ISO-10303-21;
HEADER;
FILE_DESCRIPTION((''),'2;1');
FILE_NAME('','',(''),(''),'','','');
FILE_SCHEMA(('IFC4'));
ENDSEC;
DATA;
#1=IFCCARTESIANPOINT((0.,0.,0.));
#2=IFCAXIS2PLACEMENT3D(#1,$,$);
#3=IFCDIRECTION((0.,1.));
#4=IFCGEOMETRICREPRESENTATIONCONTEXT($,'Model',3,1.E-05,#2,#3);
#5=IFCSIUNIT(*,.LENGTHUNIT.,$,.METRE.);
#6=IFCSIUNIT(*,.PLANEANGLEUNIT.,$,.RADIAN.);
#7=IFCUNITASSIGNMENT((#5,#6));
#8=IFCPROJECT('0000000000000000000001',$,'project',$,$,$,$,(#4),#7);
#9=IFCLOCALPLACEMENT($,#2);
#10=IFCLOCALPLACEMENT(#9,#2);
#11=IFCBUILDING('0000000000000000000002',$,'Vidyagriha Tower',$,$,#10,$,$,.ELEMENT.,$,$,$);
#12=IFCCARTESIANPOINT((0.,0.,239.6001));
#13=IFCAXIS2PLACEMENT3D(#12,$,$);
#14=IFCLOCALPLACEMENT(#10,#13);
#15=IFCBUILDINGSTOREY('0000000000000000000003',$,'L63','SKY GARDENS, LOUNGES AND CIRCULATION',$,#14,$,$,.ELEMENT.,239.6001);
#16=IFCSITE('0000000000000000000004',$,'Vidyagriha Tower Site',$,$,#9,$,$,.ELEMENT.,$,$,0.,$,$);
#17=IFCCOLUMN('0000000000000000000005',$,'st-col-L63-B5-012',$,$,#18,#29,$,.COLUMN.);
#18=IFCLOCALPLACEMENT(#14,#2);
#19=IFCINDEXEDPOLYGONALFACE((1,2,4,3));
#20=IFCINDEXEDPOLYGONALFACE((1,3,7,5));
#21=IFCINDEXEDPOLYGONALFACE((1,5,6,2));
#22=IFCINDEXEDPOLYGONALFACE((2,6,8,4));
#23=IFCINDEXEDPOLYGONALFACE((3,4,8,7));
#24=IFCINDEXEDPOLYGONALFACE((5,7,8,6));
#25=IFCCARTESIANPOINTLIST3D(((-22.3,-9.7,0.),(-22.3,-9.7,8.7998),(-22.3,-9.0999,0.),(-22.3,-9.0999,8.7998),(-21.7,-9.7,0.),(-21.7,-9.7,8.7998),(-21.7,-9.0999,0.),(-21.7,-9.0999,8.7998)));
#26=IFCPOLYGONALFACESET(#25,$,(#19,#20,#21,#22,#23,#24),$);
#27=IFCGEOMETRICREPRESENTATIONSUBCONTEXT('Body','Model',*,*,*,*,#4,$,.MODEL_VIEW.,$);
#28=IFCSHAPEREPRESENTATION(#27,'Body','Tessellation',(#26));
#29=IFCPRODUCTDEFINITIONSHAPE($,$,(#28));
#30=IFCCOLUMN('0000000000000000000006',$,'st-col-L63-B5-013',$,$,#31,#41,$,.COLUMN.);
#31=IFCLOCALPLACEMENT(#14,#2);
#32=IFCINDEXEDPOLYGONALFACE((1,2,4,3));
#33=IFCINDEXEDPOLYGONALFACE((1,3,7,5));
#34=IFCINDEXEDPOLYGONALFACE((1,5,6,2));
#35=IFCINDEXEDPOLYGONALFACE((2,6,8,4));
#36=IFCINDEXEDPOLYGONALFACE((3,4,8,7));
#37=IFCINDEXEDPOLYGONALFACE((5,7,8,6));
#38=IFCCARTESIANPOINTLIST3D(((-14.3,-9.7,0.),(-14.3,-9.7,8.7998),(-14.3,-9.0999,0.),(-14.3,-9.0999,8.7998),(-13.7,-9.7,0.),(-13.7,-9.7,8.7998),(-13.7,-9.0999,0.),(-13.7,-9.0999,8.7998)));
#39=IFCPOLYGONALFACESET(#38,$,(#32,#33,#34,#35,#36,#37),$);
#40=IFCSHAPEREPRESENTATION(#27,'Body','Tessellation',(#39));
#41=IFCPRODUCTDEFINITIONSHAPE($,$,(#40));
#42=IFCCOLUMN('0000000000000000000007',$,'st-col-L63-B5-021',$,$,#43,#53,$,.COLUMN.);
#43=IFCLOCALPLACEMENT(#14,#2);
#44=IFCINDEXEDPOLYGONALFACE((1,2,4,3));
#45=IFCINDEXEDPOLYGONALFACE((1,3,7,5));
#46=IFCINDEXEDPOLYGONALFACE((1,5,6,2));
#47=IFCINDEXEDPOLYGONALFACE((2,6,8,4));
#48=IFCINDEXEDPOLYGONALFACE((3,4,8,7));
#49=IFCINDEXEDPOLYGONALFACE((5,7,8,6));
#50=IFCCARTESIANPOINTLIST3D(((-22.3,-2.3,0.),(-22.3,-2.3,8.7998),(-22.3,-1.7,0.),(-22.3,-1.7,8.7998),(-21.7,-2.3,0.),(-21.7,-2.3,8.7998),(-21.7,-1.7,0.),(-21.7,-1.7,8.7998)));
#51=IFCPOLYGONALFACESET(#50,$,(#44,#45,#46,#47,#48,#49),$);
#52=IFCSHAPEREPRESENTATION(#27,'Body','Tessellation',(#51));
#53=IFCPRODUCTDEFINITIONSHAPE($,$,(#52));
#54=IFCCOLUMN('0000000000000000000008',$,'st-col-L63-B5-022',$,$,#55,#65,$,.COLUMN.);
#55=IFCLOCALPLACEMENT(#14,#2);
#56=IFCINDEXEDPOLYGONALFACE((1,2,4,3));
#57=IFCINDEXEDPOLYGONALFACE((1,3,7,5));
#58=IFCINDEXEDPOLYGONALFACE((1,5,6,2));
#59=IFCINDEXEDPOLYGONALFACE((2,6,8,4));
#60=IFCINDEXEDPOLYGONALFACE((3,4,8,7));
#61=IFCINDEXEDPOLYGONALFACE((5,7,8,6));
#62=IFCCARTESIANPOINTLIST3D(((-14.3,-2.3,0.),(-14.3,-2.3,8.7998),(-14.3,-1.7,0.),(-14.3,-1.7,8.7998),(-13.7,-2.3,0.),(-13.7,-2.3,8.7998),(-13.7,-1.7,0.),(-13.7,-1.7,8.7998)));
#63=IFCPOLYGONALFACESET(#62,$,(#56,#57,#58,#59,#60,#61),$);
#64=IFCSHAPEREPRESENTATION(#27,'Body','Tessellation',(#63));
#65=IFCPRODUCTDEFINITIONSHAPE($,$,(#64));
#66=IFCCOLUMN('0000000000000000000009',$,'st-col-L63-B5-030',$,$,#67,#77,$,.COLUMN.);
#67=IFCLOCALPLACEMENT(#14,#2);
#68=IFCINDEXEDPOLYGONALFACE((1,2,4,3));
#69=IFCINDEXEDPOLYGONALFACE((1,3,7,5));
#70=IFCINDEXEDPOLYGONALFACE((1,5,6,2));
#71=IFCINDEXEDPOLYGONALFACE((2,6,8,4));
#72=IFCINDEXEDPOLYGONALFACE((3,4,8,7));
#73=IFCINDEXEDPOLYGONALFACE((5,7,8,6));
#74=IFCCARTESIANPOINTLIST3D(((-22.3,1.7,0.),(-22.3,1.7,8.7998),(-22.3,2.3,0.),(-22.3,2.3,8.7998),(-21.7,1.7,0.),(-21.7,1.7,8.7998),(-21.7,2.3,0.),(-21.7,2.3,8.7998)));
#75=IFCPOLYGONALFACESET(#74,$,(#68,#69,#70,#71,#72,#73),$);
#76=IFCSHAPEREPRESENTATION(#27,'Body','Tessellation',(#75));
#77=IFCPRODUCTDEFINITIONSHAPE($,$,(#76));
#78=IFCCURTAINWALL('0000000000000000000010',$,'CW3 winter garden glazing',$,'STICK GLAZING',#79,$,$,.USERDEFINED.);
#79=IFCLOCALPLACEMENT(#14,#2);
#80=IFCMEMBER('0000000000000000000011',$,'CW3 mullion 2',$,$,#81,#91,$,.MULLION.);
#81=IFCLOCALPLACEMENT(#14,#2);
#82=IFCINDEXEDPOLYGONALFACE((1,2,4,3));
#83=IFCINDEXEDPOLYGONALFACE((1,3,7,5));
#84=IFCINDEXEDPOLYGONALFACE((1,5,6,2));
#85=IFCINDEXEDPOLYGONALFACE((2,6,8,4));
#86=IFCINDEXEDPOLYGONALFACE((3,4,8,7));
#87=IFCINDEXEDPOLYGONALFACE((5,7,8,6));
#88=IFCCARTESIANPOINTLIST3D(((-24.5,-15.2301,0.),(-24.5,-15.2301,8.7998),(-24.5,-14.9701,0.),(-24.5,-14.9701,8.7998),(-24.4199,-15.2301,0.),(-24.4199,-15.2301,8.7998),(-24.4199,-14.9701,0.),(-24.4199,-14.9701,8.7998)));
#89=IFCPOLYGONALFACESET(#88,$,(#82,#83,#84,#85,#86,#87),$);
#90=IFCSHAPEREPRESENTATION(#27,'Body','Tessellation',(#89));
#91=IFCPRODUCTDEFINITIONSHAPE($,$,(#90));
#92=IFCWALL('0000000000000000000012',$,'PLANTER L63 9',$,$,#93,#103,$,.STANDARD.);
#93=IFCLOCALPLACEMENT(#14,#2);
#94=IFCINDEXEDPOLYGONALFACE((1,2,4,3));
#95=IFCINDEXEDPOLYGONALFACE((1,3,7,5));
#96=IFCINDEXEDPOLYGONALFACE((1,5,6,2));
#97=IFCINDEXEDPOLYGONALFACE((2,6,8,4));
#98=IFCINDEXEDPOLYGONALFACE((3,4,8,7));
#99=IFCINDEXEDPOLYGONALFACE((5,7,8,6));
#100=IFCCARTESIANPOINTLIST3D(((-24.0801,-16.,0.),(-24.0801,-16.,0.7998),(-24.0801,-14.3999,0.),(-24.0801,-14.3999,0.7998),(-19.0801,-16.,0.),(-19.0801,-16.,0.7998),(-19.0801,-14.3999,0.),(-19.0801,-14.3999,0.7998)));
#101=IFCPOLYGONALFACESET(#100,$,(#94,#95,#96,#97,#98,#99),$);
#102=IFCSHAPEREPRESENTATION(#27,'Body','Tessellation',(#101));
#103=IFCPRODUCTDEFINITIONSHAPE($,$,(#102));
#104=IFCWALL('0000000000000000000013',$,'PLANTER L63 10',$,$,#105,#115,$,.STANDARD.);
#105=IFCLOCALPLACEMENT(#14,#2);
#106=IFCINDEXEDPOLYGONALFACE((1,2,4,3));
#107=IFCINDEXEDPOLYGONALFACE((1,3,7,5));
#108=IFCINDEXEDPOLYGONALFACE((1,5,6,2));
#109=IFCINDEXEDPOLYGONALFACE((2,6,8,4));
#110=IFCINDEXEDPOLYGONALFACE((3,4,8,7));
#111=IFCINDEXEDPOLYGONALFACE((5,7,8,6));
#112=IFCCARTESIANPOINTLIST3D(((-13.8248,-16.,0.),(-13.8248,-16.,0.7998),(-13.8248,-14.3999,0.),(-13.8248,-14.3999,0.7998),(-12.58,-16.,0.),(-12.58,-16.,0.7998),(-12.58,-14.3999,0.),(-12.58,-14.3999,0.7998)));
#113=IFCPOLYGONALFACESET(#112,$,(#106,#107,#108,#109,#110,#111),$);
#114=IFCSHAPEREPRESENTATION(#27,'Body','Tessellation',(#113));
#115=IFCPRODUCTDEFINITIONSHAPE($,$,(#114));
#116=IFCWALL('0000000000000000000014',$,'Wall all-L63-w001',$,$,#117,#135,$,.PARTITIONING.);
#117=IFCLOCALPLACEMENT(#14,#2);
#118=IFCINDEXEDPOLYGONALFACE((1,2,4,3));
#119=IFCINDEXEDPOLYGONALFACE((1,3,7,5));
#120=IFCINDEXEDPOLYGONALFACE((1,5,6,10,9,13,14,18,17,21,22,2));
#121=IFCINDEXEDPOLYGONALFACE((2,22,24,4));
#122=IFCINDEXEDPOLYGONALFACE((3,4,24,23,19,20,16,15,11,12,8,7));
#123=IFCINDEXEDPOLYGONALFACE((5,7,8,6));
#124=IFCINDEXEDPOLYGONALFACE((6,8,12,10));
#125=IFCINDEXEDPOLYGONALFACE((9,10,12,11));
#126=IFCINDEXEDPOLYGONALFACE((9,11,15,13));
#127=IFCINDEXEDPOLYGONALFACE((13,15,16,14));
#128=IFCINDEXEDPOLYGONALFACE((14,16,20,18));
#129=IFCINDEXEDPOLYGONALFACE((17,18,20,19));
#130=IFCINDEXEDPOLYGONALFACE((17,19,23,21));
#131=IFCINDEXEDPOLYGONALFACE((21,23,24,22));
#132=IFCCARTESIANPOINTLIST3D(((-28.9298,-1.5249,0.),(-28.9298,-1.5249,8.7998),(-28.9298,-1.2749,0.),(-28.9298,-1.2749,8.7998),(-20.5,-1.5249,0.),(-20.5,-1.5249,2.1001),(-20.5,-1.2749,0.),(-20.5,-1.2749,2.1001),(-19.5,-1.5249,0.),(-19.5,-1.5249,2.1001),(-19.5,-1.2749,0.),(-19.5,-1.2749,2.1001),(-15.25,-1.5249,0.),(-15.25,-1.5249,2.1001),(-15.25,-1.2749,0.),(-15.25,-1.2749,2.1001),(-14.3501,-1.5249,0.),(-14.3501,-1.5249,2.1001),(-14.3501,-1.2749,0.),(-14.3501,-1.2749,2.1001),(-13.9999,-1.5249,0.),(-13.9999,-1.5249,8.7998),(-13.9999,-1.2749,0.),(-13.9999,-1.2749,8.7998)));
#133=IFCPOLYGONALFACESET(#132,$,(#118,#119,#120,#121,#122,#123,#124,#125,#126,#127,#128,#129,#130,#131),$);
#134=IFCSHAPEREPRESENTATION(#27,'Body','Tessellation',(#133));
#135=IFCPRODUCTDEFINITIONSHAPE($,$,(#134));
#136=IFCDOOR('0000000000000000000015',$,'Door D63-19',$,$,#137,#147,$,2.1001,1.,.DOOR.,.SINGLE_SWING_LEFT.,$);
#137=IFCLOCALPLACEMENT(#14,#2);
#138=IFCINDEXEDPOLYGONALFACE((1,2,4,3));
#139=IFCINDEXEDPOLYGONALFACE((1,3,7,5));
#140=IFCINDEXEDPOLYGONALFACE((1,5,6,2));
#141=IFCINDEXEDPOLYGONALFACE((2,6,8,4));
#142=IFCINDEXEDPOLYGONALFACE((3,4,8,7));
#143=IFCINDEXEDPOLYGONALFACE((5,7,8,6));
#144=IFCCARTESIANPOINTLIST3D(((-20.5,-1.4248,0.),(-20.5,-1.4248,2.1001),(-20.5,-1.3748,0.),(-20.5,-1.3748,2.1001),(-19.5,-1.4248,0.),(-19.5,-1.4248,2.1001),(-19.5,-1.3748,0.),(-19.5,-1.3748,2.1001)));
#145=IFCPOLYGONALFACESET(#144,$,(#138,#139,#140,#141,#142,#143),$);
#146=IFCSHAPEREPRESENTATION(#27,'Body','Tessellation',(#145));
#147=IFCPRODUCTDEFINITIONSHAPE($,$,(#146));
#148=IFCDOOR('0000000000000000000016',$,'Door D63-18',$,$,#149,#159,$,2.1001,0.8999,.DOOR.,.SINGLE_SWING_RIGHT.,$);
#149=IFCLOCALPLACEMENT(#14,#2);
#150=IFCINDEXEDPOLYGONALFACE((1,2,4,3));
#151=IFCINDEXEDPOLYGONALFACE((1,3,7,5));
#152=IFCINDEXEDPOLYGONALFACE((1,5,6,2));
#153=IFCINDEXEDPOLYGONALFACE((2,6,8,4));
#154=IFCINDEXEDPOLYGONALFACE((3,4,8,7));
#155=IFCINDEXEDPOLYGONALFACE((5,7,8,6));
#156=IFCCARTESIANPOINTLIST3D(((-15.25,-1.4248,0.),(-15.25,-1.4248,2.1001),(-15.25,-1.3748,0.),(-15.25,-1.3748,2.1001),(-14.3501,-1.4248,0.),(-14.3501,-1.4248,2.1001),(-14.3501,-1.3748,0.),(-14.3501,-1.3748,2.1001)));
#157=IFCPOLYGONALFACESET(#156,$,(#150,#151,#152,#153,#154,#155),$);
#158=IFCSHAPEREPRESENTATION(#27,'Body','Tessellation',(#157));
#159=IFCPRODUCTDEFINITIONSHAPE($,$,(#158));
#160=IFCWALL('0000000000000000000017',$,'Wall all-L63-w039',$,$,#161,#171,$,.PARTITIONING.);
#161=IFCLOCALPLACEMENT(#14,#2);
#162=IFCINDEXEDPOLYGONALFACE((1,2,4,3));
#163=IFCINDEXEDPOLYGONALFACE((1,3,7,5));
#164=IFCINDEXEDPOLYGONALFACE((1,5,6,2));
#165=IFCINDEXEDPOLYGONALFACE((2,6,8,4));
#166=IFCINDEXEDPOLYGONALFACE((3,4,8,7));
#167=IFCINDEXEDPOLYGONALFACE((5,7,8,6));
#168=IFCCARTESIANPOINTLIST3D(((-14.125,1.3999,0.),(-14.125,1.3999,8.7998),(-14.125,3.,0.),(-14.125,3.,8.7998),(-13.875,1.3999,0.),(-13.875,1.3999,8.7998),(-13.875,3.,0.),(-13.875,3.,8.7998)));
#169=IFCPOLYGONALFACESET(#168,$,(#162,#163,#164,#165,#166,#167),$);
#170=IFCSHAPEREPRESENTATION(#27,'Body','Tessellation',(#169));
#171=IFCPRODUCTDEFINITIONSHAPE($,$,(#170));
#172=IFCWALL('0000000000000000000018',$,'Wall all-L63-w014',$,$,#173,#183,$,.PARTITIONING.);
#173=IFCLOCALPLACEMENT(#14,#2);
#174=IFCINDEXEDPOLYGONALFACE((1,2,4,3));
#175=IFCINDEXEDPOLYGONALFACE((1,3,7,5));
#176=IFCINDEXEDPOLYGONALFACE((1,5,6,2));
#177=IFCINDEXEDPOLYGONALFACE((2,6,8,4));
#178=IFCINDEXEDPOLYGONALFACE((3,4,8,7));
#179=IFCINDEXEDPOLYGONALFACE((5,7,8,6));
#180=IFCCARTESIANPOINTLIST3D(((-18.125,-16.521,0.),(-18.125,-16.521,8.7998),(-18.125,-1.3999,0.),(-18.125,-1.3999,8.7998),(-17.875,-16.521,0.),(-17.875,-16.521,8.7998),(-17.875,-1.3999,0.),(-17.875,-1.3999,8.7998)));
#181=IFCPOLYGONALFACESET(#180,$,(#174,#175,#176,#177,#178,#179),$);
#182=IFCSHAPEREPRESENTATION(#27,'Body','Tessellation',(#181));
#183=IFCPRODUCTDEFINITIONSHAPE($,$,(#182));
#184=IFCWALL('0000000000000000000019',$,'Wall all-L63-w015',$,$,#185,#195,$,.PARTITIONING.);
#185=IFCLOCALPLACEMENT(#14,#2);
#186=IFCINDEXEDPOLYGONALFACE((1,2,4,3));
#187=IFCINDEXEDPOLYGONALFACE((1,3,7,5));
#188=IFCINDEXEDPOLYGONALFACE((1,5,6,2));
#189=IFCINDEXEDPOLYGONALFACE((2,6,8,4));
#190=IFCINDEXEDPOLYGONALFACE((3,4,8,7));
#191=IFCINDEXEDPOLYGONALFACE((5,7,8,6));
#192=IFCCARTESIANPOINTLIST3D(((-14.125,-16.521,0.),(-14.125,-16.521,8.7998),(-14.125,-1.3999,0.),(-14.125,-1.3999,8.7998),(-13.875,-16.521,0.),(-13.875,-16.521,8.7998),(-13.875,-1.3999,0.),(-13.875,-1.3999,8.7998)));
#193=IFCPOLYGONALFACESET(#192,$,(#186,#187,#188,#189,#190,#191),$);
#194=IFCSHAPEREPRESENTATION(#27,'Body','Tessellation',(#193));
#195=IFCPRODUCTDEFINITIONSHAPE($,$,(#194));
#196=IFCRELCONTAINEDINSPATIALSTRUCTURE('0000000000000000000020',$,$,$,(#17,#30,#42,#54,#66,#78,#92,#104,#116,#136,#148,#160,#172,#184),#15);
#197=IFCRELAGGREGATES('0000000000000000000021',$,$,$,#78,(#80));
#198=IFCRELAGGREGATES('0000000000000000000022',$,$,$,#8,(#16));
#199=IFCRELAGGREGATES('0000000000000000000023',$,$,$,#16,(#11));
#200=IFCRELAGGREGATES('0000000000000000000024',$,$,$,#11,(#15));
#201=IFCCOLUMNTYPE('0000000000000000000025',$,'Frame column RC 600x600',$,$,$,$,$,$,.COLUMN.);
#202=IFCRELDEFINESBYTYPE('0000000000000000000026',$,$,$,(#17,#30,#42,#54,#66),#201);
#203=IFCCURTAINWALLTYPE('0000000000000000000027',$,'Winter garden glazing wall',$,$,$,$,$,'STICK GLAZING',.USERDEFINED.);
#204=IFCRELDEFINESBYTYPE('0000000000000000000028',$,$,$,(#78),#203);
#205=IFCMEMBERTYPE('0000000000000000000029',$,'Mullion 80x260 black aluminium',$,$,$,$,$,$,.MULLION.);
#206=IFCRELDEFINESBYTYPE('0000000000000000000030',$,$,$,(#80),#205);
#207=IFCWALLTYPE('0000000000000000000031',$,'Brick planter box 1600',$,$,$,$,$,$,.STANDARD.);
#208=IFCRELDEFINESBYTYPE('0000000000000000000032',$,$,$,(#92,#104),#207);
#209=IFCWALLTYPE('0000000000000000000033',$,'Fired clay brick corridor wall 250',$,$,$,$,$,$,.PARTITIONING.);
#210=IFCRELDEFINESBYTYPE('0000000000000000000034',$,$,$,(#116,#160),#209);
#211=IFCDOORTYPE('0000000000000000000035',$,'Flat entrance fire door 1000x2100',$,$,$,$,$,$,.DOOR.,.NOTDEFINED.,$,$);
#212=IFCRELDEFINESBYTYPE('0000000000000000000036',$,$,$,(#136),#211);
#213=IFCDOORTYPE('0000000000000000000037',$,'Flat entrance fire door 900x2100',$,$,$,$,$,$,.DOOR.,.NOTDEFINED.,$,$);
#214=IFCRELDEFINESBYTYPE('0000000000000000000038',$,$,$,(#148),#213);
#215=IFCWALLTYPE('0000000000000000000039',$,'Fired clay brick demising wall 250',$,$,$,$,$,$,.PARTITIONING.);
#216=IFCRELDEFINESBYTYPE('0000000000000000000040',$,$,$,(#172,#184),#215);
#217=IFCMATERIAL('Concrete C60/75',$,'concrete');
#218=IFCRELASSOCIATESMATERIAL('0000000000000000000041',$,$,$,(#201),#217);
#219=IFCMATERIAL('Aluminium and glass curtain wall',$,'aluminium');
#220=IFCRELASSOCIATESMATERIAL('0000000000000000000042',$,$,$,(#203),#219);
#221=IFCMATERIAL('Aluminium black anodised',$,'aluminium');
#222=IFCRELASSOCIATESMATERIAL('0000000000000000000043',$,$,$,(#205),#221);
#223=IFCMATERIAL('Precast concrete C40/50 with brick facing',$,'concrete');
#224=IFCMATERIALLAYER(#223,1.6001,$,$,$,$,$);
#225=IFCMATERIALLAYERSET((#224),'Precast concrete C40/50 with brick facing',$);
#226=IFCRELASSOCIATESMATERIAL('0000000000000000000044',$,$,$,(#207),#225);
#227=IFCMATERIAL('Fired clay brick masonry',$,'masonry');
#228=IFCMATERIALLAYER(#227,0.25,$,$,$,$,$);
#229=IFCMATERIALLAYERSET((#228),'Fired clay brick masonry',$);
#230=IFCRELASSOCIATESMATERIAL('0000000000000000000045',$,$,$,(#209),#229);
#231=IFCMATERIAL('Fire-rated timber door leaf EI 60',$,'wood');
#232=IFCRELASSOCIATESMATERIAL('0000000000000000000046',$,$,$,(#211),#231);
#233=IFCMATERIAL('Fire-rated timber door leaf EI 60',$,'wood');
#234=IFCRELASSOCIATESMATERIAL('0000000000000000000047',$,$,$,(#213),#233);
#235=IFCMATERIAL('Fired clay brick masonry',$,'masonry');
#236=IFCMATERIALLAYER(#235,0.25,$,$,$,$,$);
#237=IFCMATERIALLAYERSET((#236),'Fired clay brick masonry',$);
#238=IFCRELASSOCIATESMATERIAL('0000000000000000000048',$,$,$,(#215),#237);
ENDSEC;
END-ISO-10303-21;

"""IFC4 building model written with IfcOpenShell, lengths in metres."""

from ifc_helpers import new_model, si_unit, direction, frame, frame_2d, origin, origin_2d, place, context, subcontext, project, spatial, rectangle, extrude, material, layer, layer_set, material_profile, profile_set, type_object, element, fill, aggregate, save


model = new_model("IFC4")

# Units and contexts
model_context = context("Model", 3, precision=1e-05, world=origin(), true_north=direction((0.0, 1.0)))
body_context = subcontext(model_context, "Body", "Model", "MODEL_VIEW")
ifc_project = project(units=[si_unit("LENGTHUNIT", "METRE"), si_unit("PLANEANGLEUNIT", "RADIAN")], contexts=[model_context])

# Site, building, storey
site_placement = place(None, origin())
site = spatial("IfcSite", under=ifc_project, at=site_placement, Name="Vidyagriha Tower Site", CompositionType="ELEMENT", RefElevation=0.0)
building_placement = place(site_placement, origin())
building = spatial("IfcBuilding", under=site, at=building_placement, Name="Vidyagriha Tower", CompositionType="ELEMENT")
storey_placement = place(building_placement, frame((0.0, 0.0, 239.6001)))
storey = spatial("IfcBuildingStorey", under=building, at=storey_placement, Name="L63", Description="SKY GARDENS, LOUNGES AND CIRCULATION", CompositionType="ELEMENT", Elevation=239.6001)

# Columns
ifc_material_1 = material(Name="Concrete C60/75", Category="concrete")
ifc_material_profile_1 = material_profile(ifc_material_1, rectangle(XDim=0.6001, YDim=0.6001, at=origin_2d()), Name="RC 600x600")
ifc_profile_set_1 = profile_set([ifc_material_profile_1], Name="Concrete C60/75")
column_type = type_object("IfcColumnType", Name="Frame column RC 600x600", PredefinedType="COLUMN", material=ifc_profile_set_1)
for number, where, name in (
    (1, (-22.0, -9.3999, 0.0), "st-col-L63-B5-012"),
    (2, (-14.0, -9.3999, 0.0), "st-col-L63-B5-013"),
    (3, (-22.0, -2.0, 0.0), "st-col-L63-B5-021"),
    (4, (-14.0, -2.0, 0.0), "st-col-L63-B5-022"),
    (5, (-22.0, 2.0, 0.0), "st-col-L63-B5-030"),
):
    element("IfcColumn", number, at=place(storey_placement, frame(where)), inside=storey, type_object=column_type, Name=name, PredefinedType="COLUMN", context=body_context, shape_type="SweptSolid", body=[
        extrude(rectangle(XDim=0.6001, YDim=0.6001, at=origin_2d()), origin(), (0.0, 0.0, 1.0), 8.7998),
    ])

# Curtain wall, member
ifc_material_2 = material(Name="Aluminium and glass curtain wall", Category="aluminium")
curtain_wall_type = type_object("IfcCurtainWallType", Name="Winter garden glazing wall", ElementType="STICK GLAZING", PredefinedType="USERDEFINED", material=ifc_material_2)
curtain_wall_placement = place(storey_placement, origin())
curtain_wall = element("IfcCurtainWall", 6, at=curtain_wall_placement, inside=storey, type_object=curtain_wall_type, Name="CW3 winter garden glazing", ObjectType="STICK GLAZING", PredefinedType="USERDEFINED")
ifc_material_3 = material(Name="Aluminium black anodised", Category="aluminium")
ifc_material_profile_2 = material_profile(ifc_material_3, rectangle(XDim=0.26, YDim=0.0801, at=origin_2d()), Name="Mullion 80x260 black aluminium")
ifc_profile_set_2 = profile_set([ifc_material_profile_2], Name="Aluminium black anodised")
member_type = type_object("IfcMemberType", Name="Mullion 80x260 black aluminium", PredefinedType="MULLION", material=ifc_profile_set_2)
member_placement = place(storey_placement, frame((-24.46, -15.1001, 0.0), z_axis=(0.0, 0.0, 1.0), x_axis=(0.0, 1.0, 0.0)))
member = element("IfcMember", 7, at=member_placement, type_object=member_type, Name="CW3 mullion 2", PredefinedType="MULLION", context=body_context, shape_type="SweptSolid", body=[
    extrude(rectangle(XDim=0.26, YDim=0.0801, at=origin_2d()), origin(), (0.0, 0.0, 1.0), 8.7998),
])
aggregate(curtain_wall, [member])

# Walls
ifc_material_4 = material(Name="Precast concrete C40/50 with brick facing", Category="concrete")
ifc_layer_1 = layer(ifc_material_4, 1.6001)
ifc_layer_set_1 = layer_set([ifc_layer_1], Name="Precast concrete C40/50 with brick facing")
wall_type_1 = type_object("IfcWallType", Name="Brick planter box 1600", PredefinedType="STANDARD", material=ifc_layer_set_1)
wall_1_placement = place(storey_placement, frame((-24.0801, -15.2, 0.0)))
element("IfcWall", 8, at=wall_1_placement, inside=storey, type_object=wall_type_1, Name="PLANTER L63 9", PredefinedType="STANDARD", context=body_context, shape_type="SweptSolid", body=[
    extrude(rectangle(XDim=5.0, YDim=1.6001, at=frame_2d((2.5, 0.0))), origin(), (0.0, 0.0, 1.0), 0.7998),
])
wall_2_placement = place(storey_placement, frame((-13.825, -15.2, 0.0)))
element("IfcWall", 9, at=wall_2_placement, inside=storey, type_object=wall_type_1, Name="PLANTER L63 10", PredefinedType="STANDARD", context=body_context, shape_type="SweptSolid", body=[
    extrude(rectangle(XDim=1.2449, YDim=1.6001, at=frame_2d((0.6226, 0.0))), origin(), (0.0, 0.0, 1.0), 0.7998),
])

# Wall, openings, doors
ifc_material_5 = material(Name="Fired clay brick masonry", Category="masonry")
ifc_layer_2 = layer(ifc_material_5, 0.25)
ifc_layer_set_2 = layer_set([ifc_layer_2], Name="Fired clay brick masonry")
wall_type_2 = type_object("IfcWallType", Name="Fired clay brick corridor wall 250", PredefinedType="PARTITIONING", material=ifc_layer_set_2)
wall_3_placement = place(storey_placement, frame((-14.0, -1.3999, 0.0), z_axis=(0.0, 0.0, 1.0), x_axis=(-1.0, 0.0, 0.0)))
wall_3 = element("IfcWall", 10, at=wall_3_placement, inside=storey, type_object=wall_type_2, Name="Wall all-L63-w001", PredefinedType="PARTITIONING", context=body_context, shape_type="SweptSolid", body=[
    extrude(rectangle(XDim=14.9299, YDim=0.25, at=frame_2d((7.4648, 0.0))), origin(), (0.0, 0.0, 1.0), 8.7998),
])
opening_1_placement = place(wall_3_placement, frame((0.3501, 0.0, 0.0)))
opening_1 = element("IfcOpeningElement", 11, at=opening_1_placement, cuts=wall_3, PredefinedType="OPENING", context=body_context, shape_type="SweptSolid", body=[
    extrude(rectangle(XDim=0.8999, YDim=2.1001, at=frame_2d((0.45, 1.05))), frame((0.0, 0.135, 0.0), z_axis=(0.0, -1.0, 0.0), x_axis=(1.0, 0.0, 0.0)), (0.0, 0.0, 1.0), 0.27),
])
opening_2_placement = place(wall_3_placement, frame((5.5, 0.0, 0.0)))
opening_2 = element("IfcOpeningElement", 12, at=opening_2_placement, cuts=wall_3, PredefinedType="OPENING", context=body_context, shape_type="SweptSolid", body=[
    extrude(rectangle(XDim=1.0, YDim=2.1001, at=frame_2d((0.5, 1.05))), frame((0.0, 0.135, 0.0), z_axis=(0.0, -1.0, 0.0), x_axis=(1.0, 0.0, 0.0)), (0.0, 0.0, 1.0), 0.27),
])
ifc_material_6 = material(Name="Fire-rated timber door leaf EI 60", Category="wood")
door_type_1 = type_object("IfcDoorType", Name="Flat entrance fire door 1000x2100", OperationType="NOTDEFINED", PredefinedType="DOOR", material=ifc_material_6)
door_1_placement = place(opening_2_placement, origin())
door_1 = element("IfcDoor", 13, at=door_1_placement, inside=storey, type_object=door_type_1, Name="Door D63-19", OperationType="SINGLE_SWING_LEFT", OverallHeight=2.1001, OverallWidth=1.0, PredefinedType="DOOR", context=body_context, shape_type="SweptSolid", body=[
    extrude(rectangle(XDim=1.0, YDim=2.1001, at=frame_2d((0.5, 1.05))), frame((0.0, 0.0249, 0.0), z_axis=(0.0, -1.0, 0.0), x_axis=(1.0, 0.0, 0.0)), (0.0, 0.0, 1.0), 0.05),
])
fill(opening_2, door_1)
ifc_material_7 = material(Name="Fire-rated timber door leaf EI 60", Category="wood")
door_type_2 = type_object("IfcDoorType", Name="Flat entrance fire door 900x2100", OperationType="NOTDEFINED", PredefinedType="DOOR", material=ifc_material_7)
door_2_placement = place(opening_1_placement, origin())
door_2 = element("IfcDoor", 14, at=door_2_placement, inside=storey, type_object=door_type_2, Name="Door D63-18", OperationType="SINGLE_SWING_RIGHT", OverallHeight=2.1001, OverallWidth=0.8999, PredefinedType="DOOR", context=body_context, shape_type="SweptSolid", body=[
    extrude(rectangle(XDim=0.8999, YDim=2.1001, at=frame_2d((0.45, 1.05))), frame((0.0, 0.0249, 0.0), z_axis=(0.0, -1.0, 0.0), x_axis=(1.0, 0.0, 0.0)), (0.0, 0.0, 1.0), 0.05),
])
fill(opening_1, door_2)

# Walls
wall_4_placement = place(storey_placement, frame((-14.0, 3.0, 0.0), z_axis=(0.0, 0.0, 1.0), x_axis=(0.0, -1.0, 0.0)))
element("IfcWall", 15, at=wall_4_placement, inside=storey, type_object=wall_type_2, Name="Wall all-L63-w039", PredefinedType="PARTITIONING", context=body_context, shape_type="SweptSolid", body=[
    extrude(rectangle(XDim=1.6001, YDim=0.25, at=frame_2d((0.8, 0.0))), origin(), (0.0, 0.0, 1.0), 8.7998),
])
ifc_material_8 = material(Name="Fired clay brick masonry", Category="masonry")
ifc_layer_3 = layer(ifc_material_8, 0.25)
ifc_layer_set_3 = layer_set([ifc_layer_3], Name="Fired clay brick masonry")
wall_type_3 = type_object("IfcWallType", Name="Fired clay brick demising wall 250", PredefinedType="PARTITIONING", material=ifc_layer_set_3)
for number, where, z_axis, x_axis, name in (
    (16, (-18.0, -1.3999, 0.0), (0.0, 0.0, 1.0), (0.0, -1.0, 0.0), "Wall all-L63-w014"),
    (17, (-14.0, -1.3999, 0.0), (0.0, 0.0, 1.0), (0.0, -1.0, 0.0), "Wall all-L63-w015"),
):
    element("IfcWall", number, at=place(storey_placement, frame(where, z_axis=z_axis, x_axis=x_axis)), inside=storey, type_object=wall_type_3, Name=name, PredefinedType="PARTITIONING", context=body_context, shape_type="SweptSolid", body=[
        extrude(rectangle(XDim=15.1211, YDim=0.25, at=frame_2d((7.5605, 0.0))), origin(), (0.0, 0.0, 1.0), 8.7998),
    ])

save(model, "model.ifc")
